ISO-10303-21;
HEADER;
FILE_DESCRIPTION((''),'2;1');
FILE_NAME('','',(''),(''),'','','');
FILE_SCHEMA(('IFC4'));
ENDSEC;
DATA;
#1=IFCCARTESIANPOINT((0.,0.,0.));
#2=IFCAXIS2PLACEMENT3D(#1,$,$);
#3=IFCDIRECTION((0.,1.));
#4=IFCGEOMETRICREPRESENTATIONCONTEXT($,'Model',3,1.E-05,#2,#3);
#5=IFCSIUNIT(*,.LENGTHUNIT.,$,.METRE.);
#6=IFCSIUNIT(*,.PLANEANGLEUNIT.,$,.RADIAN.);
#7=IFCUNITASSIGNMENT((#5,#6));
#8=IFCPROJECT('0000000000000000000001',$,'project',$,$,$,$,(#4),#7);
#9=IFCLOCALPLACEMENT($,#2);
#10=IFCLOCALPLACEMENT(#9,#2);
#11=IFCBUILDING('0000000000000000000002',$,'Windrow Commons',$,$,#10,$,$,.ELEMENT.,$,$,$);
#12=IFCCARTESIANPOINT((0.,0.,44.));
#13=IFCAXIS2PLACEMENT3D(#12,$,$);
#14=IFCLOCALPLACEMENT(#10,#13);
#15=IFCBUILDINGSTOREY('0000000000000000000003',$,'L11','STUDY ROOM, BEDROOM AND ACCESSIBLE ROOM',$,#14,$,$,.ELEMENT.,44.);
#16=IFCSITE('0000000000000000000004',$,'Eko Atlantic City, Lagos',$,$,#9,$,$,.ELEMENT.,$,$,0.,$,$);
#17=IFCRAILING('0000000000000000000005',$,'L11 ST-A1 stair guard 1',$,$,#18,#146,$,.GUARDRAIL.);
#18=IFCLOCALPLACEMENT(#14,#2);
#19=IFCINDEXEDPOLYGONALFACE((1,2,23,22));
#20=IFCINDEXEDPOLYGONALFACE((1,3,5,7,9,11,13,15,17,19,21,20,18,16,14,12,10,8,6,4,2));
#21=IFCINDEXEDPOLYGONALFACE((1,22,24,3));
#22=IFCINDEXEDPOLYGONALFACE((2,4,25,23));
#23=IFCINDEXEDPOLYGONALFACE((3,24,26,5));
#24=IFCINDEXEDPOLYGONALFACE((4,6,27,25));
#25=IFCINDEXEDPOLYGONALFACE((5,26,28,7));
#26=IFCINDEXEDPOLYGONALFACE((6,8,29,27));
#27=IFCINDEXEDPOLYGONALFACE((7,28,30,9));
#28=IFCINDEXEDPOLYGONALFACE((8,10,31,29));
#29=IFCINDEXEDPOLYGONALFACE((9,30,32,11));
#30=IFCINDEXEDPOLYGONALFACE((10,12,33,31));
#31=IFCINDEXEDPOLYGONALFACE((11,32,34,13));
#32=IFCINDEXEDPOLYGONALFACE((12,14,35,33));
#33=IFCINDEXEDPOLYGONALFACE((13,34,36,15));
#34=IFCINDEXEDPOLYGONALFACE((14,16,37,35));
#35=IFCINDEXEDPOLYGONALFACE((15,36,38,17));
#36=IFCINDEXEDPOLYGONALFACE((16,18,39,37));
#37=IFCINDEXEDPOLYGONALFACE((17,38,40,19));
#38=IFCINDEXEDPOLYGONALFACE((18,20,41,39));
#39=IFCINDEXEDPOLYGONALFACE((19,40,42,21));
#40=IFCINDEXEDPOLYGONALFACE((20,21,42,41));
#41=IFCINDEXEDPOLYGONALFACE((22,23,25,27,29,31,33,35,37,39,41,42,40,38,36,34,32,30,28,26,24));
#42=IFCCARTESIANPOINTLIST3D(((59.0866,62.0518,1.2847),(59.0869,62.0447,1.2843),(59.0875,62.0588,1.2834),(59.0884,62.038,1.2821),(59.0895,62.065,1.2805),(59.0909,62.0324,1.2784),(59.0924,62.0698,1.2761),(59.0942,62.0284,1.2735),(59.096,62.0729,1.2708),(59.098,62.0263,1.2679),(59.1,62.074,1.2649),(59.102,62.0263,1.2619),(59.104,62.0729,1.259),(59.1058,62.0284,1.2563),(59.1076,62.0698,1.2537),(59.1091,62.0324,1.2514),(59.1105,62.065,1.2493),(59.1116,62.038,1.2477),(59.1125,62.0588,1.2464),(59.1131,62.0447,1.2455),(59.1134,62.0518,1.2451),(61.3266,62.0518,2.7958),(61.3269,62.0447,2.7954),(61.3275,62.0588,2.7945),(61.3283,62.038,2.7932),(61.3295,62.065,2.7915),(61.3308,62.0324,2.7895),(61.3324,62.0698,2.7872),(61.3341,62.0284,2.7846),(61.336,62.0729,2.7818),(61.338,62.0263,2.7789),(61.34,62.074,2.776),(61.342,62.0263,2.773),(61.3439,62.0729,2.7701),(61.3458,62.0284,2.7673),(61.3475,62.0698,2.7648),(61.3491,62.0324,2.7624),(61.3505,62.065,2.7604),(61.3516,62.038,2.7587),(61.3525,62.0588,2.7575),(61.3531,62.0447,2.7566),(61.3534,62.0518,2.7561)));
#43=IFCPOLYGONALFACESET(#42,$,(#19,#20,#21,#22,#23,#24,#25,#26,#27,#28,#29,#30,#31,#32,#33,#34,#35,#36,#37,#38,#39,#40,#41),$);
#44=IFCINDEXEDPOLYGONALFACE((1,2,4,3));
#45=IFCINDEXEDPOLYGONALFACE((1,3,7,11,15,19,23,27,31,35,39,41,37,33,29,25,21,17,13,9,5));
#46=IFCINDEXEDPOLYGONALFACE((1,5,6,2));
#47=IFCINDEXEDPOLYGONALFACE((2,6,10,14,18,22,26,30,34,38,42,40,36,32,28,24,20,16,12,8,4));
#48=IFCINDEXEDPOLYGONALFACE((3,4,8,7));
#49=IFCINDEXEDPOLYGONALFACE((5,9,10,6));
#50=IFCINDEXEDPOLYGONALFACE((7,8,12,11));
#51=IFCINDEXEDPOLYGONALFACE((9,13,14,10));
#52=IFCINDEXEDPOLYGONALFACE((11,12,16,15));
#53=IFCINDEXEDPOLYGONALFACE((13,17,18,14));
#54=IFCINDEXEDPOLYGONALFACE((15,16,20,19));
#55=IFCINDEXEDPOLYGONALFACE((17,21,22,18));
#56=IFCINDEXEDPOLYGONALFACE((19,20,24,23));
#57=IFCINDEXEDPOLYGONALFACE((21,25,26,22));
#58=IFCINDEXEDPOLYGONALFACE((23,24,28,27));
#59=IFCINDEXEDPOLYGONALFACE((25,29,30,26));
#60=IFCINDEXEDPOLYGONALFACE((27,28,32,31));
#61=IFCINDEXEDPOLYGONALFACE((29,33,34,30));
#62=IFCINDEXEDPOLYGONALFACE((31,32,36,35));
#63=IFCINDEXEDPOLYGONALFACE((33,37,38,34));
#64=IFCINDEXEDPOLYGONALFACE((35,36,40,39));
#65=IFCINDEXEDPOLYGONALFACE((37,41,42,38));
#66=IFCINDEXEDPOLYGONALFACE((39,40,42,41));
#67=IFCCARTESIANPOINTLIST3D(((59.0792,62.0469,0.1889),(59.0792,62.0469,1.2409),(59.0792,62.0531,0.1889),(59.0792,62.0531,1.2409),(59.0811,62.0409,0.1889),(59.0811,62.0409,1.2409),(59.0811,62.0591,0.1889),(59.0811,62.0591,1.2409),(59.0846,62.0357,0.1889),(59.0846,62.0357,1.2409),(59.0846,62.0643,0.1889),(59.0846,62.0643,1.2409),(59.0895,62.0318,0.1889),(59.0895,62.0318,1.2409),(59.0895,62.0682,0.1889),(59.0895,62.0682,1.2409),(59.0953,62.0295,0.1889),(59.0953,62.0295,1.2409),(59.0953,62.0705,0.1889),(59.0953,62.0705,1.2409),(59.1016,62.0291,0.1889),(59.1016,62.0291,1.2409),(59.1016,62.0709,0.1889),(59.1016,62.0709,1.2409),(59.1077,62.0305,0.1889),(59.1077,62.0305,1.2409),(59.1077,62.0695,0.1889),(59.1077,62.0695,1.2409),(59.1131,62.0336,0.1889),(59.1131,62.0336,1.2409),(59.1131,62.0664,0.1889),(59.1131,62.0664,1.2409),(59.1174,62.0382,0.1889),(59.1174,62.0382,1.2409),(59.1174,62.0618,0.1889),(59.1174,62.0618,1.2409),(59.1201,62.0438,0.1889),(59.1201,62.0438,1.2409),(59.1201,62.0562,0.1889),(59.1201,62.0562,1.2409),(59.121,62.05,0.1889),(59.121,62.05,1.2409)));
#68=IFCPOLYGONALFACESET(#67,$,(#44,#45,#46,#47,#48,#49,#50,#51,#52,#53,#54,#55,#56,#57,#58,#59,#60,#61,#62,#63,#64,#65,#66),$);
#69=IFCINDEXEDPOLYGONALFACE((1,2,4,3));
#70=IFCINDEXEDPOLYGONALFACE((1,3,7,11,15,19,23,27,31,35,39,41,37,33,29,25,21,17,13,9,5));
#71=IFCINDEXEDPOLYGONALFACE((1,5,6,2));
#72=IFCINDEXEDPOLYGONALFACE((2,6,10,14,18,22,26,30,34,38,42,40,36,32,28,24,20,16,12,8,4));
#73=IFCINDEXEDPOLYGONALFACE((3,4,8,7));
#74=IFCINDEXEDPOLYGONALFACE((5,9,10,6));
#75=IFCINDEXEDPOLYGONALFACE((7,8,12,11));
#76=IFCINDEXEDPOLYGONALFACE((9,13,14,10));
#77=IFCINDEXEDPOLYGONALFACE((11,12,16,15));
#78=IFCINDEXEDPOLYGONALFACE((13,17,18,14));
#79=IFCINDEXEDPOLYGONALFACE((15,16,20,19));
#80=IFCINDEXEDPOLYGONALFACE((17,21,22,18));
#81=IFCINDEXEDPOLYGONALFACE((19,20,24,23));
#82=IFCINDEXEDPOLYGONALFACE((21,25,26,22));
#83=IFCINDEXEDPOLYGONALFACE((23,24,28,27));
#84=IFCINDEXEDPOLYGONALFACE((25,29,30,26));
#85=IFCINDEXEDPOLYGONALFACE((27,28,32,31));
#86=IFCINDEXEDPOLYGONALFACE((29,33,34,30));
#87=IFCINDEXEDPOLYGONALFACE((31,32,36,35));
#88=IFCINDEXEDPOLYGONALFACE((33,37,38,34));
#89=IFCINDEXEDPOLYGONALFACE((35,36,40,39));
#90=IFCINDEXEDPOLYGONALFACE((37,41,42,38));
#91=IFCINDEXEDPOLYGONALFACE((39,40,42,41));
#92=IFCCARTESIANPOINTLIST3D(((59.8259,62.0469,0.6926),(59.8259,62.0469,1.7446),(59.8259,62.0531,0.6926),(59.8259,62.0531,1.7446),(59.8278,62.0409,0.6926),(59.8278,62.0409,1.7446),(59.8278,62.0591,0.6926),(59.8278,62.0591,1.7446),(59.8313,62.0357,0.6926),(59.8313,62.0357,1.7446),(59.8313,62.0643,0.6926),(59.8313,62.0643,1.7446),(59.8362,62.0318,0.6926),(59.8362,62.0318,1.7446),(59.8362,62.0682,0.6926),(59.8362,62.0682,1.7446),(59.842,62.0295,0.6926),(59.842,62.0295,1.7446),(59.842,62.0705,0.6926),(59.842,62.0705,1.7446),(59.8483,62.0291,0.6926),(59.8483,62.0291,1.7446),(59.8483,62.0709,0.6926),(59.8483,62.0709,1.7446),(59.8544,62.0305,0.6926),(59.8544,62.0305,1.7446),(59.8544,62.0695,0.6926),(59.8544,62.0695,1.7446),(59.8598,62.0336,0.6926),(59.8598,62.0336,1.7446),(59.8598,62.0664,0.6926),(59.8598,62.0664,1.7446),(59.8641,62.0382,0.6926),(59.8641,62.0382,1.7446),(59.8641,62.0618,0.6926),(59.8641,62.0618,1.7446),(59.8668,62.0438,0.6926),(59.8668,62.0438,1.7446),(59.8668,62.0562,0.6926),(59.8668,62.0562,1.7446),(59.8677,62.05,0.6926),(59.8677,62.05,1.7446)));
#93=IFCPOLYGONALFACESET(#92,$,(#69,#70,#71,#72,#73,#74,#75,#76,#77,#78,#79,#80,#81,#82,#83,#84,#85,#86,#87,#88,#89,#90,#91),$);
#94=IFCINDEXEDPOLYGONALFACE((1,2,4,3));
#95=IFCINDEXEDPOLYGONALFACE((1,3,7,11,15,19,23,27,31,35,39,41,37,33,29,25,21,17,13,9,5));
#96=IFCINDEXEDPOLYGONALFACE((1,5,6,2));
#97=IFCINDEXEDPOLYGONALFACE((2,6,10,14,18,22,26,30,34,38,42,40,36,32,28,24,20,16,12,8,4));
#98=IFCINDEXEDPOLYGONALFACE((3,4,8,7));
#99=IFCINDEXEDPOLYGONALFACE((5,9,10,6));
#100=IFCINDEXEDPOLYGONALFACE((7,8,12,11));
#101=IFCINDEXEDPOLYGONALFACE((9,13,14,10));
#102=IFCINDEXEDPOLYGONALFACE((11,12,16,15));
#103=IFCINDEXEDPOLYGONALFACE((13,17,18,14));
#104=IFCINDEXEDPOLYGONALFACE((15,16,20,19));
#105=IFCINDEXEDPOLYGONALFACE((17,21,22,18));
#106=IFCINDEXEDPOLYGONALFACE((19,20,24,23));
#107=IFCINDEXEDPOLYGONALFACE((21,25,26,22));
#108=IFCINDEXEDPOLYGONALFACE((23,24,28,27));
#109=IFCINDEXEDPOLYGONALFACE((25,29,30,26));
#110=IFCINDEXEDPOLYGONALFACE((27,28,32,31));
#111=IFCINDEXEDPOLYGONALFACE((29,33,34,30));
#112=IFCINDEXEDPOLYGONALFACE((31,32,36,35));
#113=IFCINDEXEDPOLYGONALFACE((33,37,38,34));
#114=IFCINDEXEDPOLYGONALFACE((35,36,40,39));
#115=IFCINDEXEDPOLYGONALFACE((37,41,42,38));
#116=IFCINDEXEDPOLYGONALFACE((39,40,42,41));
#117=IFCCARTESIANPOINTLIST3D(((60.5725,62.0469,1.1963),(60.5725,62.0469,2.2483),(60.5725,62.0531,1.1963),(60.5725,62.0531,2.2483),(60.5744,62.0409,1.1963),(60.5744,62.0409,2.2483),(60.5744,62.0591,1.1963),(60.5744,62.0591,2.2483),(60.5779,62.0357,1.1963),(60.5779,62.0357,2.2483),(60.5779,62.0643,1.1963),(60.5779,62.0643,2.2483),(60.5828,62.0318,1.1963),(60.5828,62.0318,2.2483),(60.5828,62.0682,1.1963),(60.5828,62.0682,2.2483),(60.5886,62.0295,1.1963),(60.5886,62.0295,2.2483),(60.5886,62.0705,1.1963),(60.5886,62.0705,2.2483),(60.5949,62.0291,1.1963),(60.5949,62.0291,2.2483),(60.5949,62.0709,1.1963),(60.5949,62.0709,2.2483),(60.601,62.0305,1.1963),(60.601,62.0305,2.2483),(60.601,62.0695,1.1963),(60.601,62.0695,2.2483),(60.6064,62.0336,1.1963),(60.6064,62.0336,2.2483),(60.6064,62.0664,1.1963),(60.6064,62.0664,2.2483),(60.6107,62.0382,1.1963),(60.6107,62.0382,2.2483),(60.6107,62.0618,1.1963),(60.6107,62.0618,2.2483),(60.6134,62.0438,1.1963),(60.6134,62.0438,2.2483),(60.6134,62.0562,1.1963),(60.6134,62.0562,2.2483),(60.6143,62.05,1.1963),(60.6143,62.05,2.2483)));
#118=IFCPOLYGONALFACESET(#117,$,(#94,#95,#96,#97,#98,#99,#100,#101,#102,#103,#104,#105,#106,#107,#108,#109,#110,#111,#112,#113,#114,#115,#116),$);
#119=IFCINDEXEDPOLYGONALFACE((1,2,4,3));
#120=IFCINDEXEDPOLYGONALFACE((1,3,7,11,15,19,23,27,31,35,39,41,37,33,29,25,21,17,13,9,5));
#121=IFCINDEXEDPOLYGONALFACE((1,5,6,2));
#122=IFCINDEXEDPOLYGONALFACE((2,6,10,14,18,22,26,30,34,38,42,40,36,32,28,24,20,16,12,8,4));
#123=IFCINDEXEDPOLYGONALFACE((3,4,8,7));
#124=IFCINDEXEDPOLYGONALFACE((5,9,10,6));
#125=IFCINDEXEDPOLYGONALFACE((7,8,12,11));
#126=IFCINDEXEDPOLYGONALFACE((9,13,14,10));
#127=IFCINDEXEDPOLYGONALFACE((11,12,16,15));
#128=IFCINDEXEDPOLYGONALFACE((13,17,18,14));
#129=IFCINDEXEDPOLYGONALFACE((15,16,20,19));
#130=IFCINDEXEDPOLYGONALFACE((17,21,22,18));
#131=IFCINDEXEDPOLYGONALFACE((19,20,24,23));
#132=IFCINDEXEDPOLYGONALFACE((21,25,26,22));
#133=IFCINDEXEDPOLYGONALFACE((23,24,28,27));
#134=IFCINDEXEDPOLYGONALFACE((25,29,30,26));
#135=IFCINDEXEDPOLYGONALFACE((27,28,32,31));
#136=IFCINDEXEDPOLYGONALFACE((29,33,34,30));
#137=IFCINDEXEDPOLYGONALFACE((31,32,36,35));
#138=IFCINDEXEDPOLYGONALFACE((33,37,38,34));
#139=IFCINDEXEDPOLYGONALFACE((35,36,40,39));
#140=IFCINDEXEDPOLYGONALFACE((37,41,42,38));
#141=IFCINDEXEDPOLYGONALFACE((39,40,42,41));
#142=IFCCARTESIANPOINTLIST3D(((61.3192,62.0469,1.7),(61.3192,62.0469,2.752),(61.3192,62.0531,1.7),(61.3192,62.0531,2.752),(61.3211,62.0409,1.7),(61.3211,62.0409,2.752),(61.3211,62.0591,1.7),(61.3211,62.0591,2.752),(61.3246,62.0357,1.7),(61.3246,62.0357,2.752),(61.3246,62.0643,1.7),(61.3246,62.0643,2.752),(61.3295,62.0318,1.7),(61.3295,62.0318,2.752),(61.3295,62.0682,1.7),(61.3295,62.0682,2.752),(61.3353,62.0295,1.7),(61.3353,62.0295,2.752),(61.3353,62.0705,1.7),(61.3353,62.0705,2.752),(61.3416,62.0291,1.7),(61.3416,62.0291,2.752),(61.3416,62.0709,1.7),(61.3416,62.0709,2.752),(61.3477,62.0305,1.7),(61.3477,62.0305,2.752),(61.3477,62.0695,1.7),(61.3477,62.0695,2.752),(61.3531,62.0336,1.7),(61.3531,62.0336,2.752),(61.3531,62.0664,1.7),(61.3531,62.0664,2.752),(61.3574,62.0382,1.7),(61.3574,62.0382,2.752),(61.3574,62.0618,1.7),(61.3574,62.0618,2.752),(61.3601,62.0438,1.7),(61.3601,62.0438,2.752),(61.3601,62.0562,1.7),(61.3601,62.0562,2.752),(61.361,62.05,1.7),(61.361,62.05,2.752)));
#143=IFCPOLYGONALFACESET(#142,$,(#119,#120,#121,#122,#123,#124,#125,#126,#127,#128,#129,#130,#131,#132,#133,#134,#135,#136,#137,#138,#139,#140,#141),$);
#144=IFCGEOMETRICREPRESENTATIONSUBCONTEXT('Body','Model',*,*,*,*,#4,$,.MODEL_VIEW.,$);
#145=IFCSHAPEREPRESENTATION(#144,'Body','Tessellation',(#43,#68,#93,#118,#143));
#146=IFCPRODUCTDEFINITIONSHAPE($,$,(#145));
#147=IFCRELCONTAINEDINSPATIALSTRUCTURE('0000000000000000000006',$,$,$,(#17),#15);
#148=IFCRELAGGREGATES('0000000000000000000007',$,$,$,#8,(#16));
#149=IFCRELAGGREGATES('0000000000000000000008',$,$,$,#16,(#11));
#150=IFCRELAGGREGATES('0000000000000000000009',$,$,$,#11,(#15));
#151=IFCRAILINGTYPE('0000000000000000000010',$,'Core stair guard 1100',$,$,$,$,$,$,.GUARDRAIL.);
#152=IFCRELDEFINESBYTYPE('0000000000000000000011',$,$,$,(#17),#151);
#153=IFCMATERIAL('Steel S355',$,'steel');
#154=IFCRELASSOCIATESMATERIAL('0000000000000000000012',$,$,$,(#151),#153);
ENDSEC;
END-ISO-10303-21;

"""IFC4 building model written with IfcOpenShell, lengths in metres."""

from ifc_helpers import new_model, si_unit, direction, frame, origin, origin_2d, place, context, subcontext, project, spatial, circle, extrude, material, type_object, element, save


model = new_model("IFC4")

# Units and contexts
model_context = context("Model", 3, precision=1e-05, world=origin(), true_north=direction((0.0, 1.0)))
body_context = subcontext(model_context, "Body", "Model", "MODEL_VIEW")
ifc_project = project(units=[si_unit("LENGTHUNIT", "METRE"), si_unit("PLANEANGLEUNIT", "RADIAN")], contexts=[model_context])

# Site, building, storey
site_placement = place(None, origin())
site = spatial("IfcSite", under=ifc_project, at=site_placement, Name="Eko Atlantic City, Lagos", CompositionType="ELEMENT", RefElevation=0.0)
building_placement = place(site_placement, origin())
building = spatial("IfcBuilding", under=site, at=building_placement, Name="Windrow Commons", CompositionType="ELEMENT")
storey_placement = place(building_placement, frame((0.0, 0.0, 44.0)))
storey = spatial("IfcBuildingStorey", under=building, at=storey_placement, Name="L11", Description="STUDY ROOM, BEDROOM AND ACCESSIBLE ROOM", CompositionType="ELEMENT", Elevation=44.0)

# Railing
ifc_material_1 = material(Name="Steel S355", Category="steel")
railing_type_1 = type_object("IfcRailingType", Name="Core stair guard 1100", PredefinedType="GUARDRAIL", material=ifc_material_1)
railing_1_placement = place(storey_placement, frame((59.1, 62.05, 0.1889)))
element("IfcRailing", 1, at=railing_1_placement, inside=storey, type_object=railing_type_1, Name="L11 ST-A1 stair guard 1", PredefinedType="GUARDRAIL", context=body_context, shape_type="SweptSolid", body=[
    extrude(circle(Radius=0.024, at=origin_2d()), frame((0.0, 0.0, 1.076), z_axis=(0.829003, 0.0, 0.559244), x_axis=(0.0, 1.0, 0.0)), (0.0, 0.0, 1.0), 2.702),
    extrude(circle(Radius=0.021, at=origin_2d()), origin(), (0.0, 0.0, 1.0), 1.052),
    extrude(circle(Radius=0.021, at=origin_2d()), frame((0.7467, 0.0, 0.5037)), (0.0, 0.0, 1.0), 1.052),
    extrude(circle(Radius=0.021, at=origin_2d()), frame((1.4933, 0.0, 1.0074)), (0.0, 0.0, 1.0), 1.052),
    extrude(circle(Radius=0.021, at=origin_2d()), frame((2.24, 0.0, 1.5111)), (0.0, 0.0, 1.0), 1.052),
])

save(model, "model.ifc")
